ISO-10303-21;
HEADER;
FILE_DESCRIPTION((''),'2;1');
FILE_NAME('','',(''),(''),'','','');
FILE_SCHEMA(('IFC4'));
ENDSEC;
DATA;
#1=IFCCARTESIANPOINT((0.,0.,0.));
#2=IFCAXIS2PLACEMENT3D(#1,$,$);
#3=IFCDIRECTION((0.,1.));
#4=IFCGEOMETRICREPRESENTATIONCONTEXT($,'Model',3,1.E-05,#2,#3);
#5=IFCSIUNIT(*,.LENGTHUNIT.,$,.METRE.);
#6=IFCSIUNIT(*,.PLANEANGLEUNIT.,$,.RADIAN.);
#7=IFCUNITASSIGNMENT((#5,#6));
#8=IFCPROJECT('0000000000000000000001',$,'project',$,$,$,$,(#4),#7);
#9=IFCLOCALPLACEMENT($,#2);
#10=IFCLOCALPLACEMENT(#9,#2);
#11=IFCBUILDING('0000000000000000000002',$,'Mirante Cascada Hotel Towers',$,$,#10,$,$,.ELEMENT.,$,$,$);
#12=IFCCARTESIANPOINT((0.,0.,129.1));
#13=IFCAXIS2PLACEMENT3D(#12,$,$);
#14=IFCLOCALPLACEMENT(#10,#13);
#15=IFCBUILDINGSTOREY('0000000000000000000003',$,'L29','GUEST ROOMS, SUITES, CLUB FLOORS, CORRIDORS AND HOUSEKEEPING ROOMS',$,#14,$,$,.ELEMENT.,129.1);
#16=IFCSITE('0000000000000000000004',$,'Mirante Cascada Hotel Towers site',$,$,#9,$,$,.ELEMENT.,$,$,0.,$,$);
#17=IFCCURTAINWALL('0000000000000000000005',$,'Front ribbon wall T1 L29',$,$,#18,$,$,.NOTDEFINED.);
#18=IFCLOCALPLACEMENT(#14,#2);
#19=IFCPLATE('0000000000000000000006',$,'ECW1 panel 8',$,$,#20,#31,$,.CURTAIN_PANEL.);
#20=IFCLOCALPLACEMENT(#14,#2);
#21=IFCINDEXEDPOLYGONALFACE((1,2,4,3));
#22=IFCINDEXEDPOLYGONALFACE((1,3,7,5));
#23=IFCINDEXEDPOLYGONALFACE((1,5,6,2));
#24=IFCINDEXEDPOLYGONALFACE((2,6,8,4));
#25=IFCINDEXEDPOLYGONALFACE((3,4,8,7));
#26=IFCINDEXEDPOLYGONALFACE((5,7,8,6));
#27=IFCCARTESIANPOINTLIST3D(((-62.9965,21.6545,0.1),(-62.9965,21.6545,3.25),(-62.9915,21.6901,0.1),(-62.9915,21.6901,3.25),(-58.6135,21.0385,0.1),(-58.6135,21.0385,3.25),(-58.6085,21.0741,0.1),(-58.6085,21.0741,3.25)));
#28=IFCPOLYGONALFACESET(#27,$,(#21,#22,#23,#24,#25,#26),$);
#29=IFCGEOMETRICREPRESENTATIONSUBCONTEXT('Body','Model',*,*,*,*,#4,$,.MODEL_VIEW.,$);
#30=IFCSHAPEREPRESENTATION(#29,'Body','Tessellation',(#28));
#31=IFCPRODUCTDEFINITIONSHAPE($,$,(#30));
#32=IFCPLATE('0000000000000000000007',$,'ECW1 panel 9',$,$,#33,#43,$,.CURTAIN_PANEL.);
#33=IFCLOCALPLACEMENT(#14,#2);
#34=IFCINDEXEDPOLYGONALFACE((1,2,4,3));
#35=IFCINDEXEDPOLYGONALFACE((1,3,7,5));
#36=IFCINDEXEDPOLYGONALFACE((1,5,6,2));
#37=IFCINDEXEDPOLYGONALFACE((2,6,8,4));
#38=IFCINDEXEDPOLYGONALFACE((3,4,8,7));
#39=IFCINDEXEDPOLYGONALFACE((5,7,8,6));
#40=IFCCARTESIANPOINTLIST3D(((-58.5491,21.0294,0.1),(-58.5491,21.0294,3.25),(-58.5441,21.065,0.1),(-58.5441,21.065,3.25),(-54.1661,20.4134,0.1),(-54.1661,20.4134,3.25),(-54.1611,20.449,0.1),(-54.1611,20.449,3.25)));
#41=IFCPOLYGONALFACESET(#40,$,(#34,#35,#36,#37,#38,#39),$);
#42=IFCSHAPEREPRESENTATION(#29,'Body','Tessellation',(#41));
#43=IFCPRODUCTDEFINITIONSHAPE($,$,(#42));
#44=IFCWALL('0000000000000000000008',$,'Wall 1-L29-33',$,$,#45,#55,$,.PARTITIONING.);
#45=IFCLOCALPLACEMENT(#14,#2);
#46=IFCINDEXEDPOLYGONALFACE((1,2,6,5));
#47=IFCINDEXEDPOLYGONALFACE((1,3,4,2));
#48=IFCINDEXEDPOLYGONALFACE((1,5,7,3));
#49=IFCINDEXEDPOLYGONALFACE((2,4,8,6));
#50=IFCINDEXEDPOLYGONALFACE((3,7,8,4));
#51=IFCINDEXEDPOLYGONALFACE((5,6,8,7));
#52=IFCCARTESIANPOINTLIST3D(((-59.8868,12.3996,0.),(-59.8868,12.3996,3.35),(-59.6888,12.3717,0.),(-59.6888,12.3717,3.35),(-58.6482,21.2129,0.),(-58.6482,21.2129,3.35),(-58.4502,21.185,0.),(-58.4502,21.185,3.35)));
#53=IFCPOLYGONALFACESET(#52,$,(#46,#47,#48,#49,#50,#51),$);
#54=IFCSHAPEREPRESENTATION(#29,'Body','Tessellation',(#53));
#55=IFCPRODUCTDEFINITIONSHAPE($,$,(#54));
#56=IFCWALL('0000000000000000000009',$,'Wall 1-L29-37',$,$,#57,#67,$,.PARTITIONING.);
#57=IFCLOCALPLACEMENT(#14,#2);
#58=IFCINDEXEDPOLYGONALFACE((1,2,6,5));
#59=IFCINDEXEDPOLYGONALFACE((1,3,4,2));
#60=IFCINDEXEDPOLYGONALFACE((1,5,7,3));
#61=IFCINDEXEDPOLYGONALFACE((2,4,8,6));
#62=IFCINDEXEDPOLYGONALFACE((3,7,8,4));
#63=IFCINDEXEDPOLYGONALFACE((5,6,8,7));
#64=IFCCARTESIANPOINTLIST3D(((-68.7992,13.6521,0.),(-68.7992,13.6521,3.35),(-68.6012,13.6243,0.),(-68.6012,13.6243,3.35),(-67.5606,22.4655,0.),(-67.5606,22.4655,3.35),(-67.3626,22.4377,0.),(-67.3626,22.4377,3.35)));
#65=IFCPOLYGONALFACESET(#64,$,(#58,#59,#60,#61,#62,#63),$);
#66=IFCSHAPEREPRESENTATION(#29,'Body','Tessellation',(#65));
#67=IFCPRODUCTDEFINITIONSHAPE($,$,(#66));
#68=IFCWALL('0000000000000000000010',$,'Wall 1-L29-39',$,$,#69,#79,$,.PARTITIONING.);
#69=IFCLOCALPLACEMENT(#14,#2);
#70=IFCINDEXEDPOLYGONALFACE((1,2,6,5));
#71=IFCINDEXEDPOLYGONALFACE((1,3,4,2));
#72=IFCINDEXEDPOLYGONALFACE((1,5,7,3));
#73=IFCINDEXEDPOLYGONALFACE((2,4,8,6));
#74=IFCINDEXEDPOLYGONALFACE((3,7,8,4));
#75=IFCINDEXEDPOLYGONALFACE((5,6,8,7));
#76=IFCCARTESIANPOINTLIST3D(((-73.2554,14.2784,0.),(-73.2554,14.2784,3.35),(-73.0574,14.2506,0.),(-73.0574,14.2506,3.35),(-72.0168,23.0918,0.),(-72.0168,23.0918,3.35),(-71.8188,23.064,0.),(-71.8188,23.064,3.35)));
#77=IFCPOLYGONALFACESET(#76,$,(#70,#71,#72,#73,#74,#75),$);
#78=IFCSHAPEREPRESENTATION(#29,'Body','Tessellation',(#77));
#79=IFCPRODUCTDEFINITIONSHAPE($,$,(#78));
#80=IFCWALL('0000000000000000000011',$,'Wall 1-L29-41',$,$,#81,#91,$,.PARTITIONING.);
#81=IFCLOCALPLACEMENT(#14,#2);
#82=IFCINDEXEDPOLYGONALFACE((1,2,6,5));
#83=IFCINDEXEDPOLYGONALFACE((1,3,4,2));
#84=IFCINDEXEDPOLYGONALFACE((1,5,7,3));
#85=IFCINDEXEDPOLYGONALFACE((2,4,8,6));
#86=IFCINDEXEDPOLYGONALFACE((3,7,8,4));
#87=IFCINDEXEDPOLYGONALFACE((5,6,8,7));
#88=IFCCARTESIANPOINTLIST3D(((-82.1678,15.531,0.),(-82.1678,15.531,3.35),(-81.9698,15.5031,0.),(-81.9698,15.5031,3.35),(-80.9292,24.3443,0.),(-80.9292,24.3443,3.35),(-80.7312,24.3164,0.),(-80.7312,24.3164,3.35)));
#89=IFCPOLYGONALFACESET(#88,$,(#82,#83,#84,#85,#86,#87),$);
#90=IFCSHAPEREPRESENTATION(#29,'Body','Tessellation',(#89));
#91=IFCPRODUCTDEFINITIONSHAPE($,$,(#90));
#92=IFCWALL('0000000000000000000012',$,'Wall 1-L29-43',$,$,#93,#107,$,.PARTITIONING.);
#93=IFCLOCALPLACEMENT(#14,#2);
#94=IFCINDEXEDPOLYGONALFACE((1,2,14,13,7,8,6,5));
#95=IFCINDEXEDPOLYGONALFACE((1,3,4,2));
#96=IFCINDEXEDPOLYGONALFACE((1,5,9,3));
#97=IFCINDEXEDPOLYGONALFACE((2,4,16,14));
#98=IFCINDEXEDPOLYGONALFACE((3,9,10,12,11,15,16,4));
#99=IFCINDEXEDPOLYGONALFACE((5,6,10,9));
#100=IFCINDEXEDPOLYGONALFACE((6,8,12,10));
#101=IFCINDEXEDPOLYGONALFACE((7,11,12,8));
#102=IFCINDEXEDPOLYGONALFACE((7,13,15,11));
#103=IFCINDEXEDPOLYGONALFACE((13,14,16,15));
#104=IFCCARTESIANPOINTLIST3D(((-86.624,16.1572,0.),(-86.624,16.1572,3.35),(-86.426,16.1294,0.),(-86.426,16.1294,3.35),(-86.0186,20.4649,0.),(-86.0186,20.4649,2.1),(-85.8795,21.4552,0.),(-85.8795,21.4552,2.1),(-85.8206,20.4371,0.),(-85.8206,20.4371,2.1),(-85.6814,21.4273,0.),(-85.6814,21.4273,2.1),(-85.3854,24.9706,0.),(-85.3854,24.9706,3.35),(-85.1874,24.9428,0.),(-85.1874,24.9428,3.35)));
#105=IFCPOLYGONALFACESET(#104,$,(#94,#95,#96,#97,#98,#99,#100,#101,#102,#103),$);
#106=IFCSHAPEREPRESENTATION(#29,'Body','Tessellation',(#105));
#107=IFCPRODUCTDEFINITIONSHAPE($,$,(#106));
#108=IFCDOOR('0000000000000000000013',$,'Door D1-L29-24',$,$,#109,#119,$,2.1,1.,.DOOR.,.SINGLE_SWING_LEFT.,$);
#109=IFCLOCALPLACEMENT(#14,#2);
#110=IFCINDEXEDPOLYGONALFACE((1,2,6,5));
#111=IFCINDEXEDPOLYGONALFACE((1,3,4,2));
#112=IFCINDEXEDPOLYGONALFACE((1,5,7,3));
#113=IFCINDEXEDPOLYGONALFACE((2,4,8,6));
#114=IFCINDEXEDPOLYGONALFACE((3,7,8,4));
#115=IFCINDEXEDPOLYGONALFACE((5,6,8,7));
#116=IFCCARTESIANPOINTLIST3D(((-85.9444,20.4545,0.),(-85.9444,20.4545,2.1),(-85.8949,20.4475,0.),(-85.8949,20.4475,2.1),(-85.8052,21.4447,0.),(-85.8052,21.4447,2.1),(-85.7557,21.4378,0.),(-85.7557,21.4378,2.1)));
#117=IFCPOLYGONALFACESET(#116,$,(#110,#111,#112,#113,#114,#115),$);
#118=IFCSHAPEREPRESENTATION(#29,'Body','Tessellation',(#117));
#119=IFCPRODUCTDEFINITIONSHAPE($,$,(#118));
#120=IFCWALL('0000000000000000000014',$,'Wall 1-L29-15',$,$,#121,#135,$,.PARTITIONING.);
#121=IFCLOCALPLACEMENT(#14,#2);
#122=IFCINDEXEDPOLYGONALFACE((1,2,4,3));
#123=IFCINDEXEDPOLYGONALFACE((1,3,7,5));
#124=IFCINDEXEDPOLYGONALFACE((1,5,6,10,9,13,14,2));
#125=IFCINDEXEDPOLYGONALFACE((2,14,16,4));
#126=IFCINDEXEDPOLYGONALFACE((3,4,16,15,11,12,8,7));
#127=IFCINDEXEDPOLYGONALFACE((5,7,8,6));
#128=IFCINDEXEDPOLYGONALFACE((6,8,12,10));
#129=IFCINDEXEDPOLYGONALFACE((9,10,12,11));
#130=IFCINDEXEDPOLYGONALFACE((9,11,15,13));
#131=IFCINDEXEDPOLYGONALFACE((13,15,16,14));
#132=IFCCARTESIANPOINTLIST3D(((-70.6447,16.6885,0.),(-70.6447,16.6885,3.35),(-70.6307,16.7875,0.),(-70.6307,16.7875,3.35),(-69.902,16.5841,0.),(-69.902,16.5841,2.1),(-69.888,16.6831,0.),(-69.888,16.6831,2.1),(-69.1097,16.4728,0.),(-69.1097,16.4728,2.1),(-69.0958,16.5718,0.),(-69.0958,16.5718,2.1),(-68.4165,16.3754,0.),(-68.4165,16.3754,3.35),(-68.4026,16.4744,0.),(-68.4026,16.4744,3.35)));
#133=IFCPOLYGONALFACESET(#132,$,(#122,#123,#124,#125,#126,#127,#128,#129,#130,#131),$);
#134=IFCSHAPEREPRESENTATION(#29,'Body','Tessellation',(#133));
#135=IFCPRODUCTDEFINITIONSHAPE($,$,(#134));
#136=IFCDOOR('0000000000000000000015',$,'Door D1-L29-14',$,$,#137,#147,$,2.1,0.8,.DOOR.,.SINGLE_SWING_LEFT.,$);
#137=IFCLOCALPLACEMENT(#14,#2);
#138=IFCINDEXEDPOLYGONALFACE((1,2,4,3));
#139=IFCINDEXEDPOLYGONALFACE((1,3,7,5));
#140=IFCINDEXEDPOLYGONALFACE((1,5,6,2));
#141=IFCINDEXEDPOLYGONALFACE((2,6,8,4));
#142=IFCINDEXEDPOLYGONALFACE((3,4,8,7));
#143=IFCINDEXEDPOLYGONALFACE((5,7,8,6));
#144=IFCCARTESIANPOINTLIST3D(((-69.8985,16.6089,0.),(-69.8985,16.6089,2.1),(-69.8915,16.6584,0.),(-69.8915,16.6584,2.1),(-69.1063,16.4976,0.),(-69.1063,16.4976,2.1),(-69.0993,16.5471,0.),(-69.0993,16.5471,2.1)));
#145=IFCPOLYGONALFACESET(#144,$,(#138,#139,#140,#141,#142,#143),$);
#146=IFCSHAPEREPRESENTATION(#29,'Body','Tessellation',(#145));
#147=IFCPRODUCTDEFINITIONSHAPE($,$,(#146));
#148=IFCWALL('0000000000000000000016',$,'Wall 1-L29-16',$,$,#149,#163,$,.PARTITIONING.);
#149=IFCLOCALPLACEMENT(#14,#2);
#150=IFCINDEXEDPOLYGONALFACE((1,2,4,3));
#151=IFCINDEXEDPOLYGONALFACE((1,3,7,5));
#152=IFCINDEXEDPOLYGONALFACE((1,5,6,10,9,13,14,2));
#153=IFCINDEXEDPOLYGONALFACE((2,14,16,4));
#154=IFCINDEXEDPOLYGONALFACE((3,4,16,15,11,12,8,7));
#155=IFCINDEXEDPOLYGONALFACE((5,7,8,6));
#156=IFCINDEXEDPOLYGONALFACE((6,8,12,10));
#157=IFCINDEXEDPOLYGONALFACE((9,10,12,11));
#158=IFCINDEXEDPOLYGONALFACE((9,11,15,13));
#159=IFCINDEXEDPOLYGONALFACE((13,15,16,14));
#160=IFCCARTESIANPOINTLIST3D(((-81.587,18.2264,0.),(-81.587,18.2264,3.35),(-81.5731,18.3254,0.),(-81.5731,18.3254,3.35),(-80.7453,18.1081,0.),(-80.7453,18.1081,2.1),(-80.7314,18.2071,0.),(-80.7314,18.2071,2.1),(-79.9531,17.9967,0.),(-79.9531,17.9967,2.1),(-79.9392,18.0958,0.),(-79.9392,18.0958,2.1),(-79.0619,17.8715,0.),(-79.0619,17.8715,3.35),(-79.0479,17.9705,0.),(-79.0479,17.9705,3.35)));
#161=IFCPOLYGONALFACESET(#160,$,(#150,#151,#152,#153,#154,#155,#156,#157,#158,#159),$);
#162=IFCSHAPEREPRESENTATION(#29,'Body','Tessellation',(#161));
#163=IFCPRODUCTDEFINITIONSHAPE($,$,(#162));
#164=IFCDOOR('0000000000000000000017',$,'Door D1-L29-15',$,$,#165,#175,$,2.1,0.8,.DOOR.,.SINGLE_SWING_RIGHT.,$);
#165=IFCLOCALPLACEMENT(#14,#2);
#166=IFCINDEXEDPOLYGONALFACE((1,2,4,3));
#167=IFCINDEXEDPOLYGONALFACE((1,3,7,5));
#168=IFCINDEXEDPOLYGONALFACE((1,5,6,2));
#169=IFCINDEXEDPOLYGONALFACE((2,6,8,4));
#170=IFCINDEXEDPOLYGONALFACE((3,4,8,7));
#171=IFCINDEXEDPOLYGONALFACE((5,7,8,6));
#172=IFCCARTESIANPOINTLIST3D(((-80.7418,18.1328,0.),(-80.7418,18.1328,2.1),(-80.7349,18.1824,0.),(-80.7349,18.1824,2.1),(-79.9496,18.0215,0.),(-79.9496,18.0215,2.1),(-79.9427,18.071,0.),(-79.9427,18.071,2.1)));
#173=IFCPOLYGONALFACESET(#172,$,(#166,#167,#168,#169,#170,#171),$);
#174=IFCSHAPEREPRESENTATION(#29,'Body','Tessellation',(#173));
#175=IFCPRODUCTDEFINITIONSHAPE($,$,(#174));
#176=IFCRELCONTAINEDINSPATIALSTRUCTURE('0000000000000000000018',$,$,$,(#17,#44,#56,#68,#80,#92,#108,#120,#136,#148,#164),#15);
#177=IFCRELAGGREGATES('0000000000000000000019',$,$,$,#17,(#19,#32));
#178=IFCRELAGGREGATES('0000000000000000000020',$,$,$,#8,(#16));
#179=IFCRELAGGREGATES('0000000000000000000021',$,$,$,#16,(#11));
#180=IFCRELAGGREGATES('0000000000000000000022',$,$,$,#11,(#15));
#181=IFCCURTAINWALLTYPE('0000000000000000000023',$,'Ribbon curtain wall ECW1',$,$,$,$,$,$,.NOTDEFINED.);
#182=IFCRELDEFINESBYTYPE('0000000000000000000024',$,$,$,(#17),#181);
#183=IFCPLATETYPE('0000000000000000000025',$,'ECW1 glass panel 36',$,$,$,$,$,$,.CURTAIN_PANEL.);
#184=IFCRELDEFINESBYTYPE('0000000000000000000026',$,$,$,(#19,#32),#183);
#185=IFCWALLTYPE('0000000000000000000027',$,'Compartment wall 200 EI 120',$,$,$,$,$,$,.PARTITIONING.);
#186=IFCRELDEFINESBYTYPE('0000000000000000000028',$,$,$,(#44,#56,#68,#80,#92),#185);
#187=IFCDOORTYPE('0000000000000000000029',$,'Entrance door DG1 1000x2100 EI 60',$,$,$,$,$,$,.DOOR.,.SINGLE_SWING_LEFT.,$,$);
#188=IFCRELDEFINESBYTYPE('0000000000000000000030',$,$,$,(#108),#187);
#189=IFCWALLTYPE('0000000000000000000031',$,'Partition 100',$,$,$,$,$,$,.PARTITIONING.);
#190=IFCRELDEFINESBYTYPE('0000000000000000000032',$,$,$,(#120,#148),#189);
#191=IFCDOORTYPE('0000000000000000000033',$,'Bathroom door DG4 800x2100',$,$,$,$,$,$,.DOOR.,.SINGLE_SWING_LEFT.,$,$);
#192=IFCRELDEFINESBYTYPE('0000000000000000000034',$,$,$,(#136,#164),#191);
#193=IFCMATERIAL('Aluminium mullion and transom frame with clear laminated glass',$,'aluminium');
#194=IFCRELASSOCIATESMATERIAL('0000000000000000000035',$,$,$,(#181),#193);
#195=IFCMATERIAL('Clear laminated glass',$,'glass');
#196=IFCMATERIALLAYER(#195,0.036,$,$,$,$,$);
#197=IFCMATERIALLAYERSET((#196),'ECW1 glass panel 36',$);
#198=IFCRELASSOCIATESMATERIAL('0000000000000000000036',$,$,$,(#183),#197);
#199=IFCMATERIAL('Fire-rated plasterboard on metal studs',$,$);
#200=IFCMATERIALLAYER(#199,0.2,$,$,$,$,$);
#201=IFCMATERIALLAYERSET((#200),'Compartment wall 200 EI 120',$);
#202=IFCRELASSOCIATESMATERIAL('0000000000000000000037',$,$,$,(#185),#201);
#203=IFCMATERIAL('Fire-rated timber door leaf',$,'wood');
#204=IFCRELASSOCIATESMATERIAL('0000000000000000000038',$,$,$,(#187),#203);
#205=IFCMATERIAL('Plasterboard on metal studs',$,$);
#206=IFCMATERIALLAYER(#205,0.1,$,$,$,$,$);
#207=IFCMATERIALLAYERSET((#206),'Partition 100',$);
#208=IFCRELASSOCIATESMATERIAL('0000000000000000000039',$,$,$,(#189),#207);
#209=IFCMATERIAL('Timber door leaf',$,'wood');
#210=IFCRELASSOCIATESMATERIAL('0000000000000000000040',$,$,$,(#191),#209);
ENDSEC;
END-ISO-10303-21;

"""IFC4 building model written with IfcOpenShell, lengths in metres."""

from ifc_helpers import new_model, si_unit, direction, frame, frame_2d, origin, origin_2d, place, context, subcontext, project, spatial, rectangle, extrude, material, layer, layer_set, type_object, element, fill, aggregate, save


model = new_model("IFC4")

# Units and contexts
model_context = context("Model", 3, precision=1e-05, world=origin(), true_north=direction((0.0, 1.0)))
body_context = subcontext(model_context, "Body", "Model", "MODEL_VIEW")
ifc_project = project(units=[si_unit("LENGTHUNIT", "METRE"), si_unit("PLANEANGLEUNIT", "RADIAN")], contexts=[model_context])

# Site, building, storey
site_placement = place(None, origin())
site = spatial("IfcSite", under=ifc_project, at=site_placement, Name="Mirante Cascada Hotel Towers site", CompositionType="ELEMENT", RefElevation=0.0)
building_placement = place(site_placement, origin())
building = spatial("IfcBuilding", under=site, at=building_placement, Name="Mirante Cascada Hotel Towers", CompositionType="ELEMENT")
storey_placement = place(building_placement, frame((0.0, 0.0, 129.1)))
storey = spatial("IfcBuildingStorey", under=building, at=storey_placement, Name="L29", Description="GUEST ROOMS, SUITES, CLUB FLOORS, CORRIDORS AND HOUSEKEEPING ROOMS", CompositionType="ELEMENT", Elevation=129.1)

# Curtain wall, plates
ifc_material_1 = material(Name="Aluminium mullion and transom frame with clear laminated glass", Category="aluminium")
curtain_wall_type = type_object("IfcCurtainWallType", Name="Ribbon curtain wall ECW1", PredefinedType="NOTDEFINED", material=ifc_material_1)
curtain_wall_placement = place(storey_placement, origin())
curtain_wall = element("IfcCurtainWall", 1, at=curtain_wall_placement, inside=storey, type_object=curtain_wall_type, Name="Front ribbon wall T1 L29", PredefinedType="NOTDEFINED")
ifc_material_2 = material(Name="Clear laminated glass", Category="glass")
ifc_layer_1 = layer(ifc_material_2, 0.036)
ifc_layer_set_1 = layer_set([ifc_layer_1], Name="ECW1 glass panel 36")
plate_type = type_object("IfcPlateType", Name="ECW1 glass panel 36", PredefinedType="CURTAIN_PANEL", material=ifc_layer_set_1)
plate_1_placement = place(storey_placement, frame((-60.8025, 21.3643, 0.1), z_axis=(0.0, 0.0, 1.0), x_axis=(0.990268, -0.139173, 0.0)))
plate_1 = element("IfcPlate", 2, at=plate_1_placement, type_object=plate_type, Name="ECW1 panel 8", PredefinedType="CURTAIN_PANEL", context=body_context, shape_type="SweptSolid", body=[
    extrude(rectangle(XDim=4.4261, YDim=0.036, at=origin_2d()), origin(), (0.0, 0.0, 1.0), 3.15),
])
plate_2_placement = place(storey_placement, frame((-56.3551, 20.7392, 0.1), z_axis=(0.0, 0.0, 1.0), x_axis=(0.990268, -0.139173, 0.0)))
plate_2 = element("IfcPlate", 3, at=plate_2_placement, type_object=plate_type, Name="ECW1 panel 9", PredefinedType="CURTAIN_PANEL", context=body_context, shape_type="SweptSolid", body=[
    extrude(rectangle(XDim=4.4261, YDim=0.036, at=origin_2d()), origin(), (0.0, 0.0, 1.0), 3.15),
])
aggregate(curtain_wall, [plate_1, plate_2])

# Walls
ifc_material_3 = material(Name="Fire-rated plasterboard on metal studs")
ifc_layer_2 = layer(ifc_material_3, 0.2)
ifc_layer_set_2 = layer_set([ifc_layer_2], Name="Compartment wall 200 EI 120")
wall_type_1 = type_object("IfcWallType", Name="Compartment wall 200 EI 120", PredefinedType="PARTITIONING", material=ifc_layer_set_2)
wall_1_placement = place(storey_placement, frame((-58.5492, 21.199, 0.0), z_axis=(0.0, 0.0, 1.0), x_axis=(-0.13917, -0.990268, 0.0)))
element("IfcWall", 4, at=wall_1_placement, inside=storey, type_object=wall_type_1, Name="Wall 1-L29-33", PredefinedType="PARTITIONING", context=body_context, shape_type="SweptSolid", body=[
    extrude(rectangle(XDim=8.8999, YDim=0.2, at=frame_2d((4.45, 0.0))), origin(), (0.0, 0.0, 1.0), 3.35),
])
for number, where, z_axis, x_axis, name in (
    (5, (-67.4616, 22.4516, 0.0), (0.0, 0.0, 1.0), (-0.139168, -0.990269, 0.0), "Wall 1-L29-37"),
    (6, (-71.9178, 23.0779, 0.0), (0.0, 0.0, 1.0), (-0.139168, -0.990269, 0.0), "Wall 1-L29-39"),
):
    element("IfcWall", number, at=place(storey_placement, frame(where, z_axis=z_axis, x_axis=x_axis)), inside=storey, type_object=wall_type_1, Name=name, PredefinedType="PARTITIONING", context=body_context, shape_type="SweptSolid", body=[
        extrude(rectangle(XDim=8.9, YDim=0.2, at=frame_2d((4.45, 0.0))), origin(), (0.0, 0.0, 1.0), 3.35),
    ])
wall_2_placement = place(storey_placement, frame((-80.8302, 24.3304, 0.0), z_axis=(0.0, 0.0, 1.0), x_axis=(-0.13917, -0.990268, 0.0)))
element("IfcWall", 7, at=wall_2_placement, inside=storey, type_object=wall_type_1, Name="Wall 1-L29-41", PredefinedType="PARTITIONING", context=body_context, shape_type="SweptSolid", body=[
    extrude(rectangle(XDim=8.8999, YDim=0.2, at=frame_2d((4.45, 0.0))), origin(), (0.0, 0.0, 1.0), 3.35),
])

# Walls, openings, doors
wall_3_placement = place(storey_placement, frame((-85.2864, 24.9567, 0.0), z_axis=(0.0, 0.0, 1.0), x_axis=(-0.139168, -0.990269, 0.0)))
wall_3 = element("IfcWall", 8, at=wall_3_placement, inside=storey, type_object=wall_type_1, Name="Wall 1-L29-43", PredefinedType="PARTITIONING", context=body_context, shape_type="SweptSolid", body=[
    extrude(rectangle(XDim=8.9, YDim=0.2, at=frame_2d((4.45, 0.0))), origin(), (0.0, 0.0, 1.0), 3.35),
])
opening_1_placement = place(wall_3_placement, frame((3.55, 0.0, 0.0)))
opening_1 = element("IfcOpeningElement", 9, at=opening_1_placement, cuts=wall_3, PredefinedType="OPENING", context=body_context, shape_type="SweptSolid", body=[
    extrude(rectangle(XDim=1.0, YDim=2.1, at=frame_2d((0.5, 1.05))), frame((0.0, 0.1, 0.0), z_axis=(0.0, -1.0, 0.0), x_axis=(1.0, 0.0, 0.0)), (0.0, 0.0, 1.0), 0.2),
])
ifc_material_4 = material(Name="Fire-rated timber door leaf", Category="wood")
door_type_1 = type_object("IfcDoorType", Name="Entrance door DG1 1000x2100 EI 60", OperationType="SINGLE_SWING_LEFT", PredefinedType="DOOR", material=ifc_material_4)
door_1_placement = place(opening_1_placement, origin())
door_1 = element("IfcDoor", 10, at=door_1_placement, inside=storey, type_object=door_type_1, Name="Door D1-L29-24", OperationType="SINGLE_SWING_LEFT", OverallHeight=2.1, OverallWidth=1.0, PredefinedType="DOOR", context=body_context, shape_type="SweptSolid", body=[
    extrude(rectangle(XDim=1.0, YDim=2.1, at=frame_2d((0.5, 1.05))), frame((0.0, 0.025, 0.0), z_axis=(0.0, -1.0, 0.0), x_axis=(1.0, 0.0, 0.0)), (0.0, 0.0, 1.0), 0.05),
])
fill(opening_1, door_1)
ifc_material_5 = material(Name="Plasterboard on metal studs")
ifc_layer_3 = layer(ifc_material_5, 0.1)
ifc_layer_set_3 = layer_set([ifc_layer_3], Name="Partition 100")
wall_type_2 = type_object("IfcWallType", Name="Partition 100", PredefinedType="PARTITIONING", material=ifc_layer_set_3)
wall_4_placement = place(storey_placement, frame((-70.6377, 16.738, 0.0), z_axis=(0.0, 0.0, 1.0), x_axis=(0.990271, -0.139156, 0.0)))
wall_4 = element("IfcWall", 11, at=wall_4_placement, inside=storey, type_object=wall_type_2, Name="Wall 1-L29-15", PredefinedType="PARTITIONING", context=body_context, shape_type="SweptSolid", body=[
    extrude(rectangle(XDim=2.25, YDim=0.1, at=frame_2d((1.125, 0.0))), origin(), (0.0, 0.0, 1.0), 3.35),
])
opening_2_placement = place(wall_4_placement, frame((0.75, 0.0, 0.0)))
opening_2 = element("IfcOpeningElement", 12, at=opening_2_placement, cuts=wall_4, PredefinedType="OPENING", context=body_context, shape_type="SweptSolid", body=[
    extrude(rectangle(XDim=0.8, YDim=2.1, at=frame_2d((0.4, 1.05))), frame((0.0, 0.05, 0.0), z_axis=(0.0, -1.0, 0.0), x_axis=(1.0, 0.0, 0.0)), (0.0, 0.0, 1.0), 0.1),
])
ifc_material_6 = material(Name="Timber door leaf", Category="wood")
door_type_2 = type_object("IfcDoorType", Name="Bathroom door DG4 800x2100", OperationType="SINGLE_SWING_LEFT", PredefinedType="DOOR", material=ifc_material_6)
door_2_placement = place(opening_2_placement, origin())
door_2 = element("IfcDoor", 13, at=door_2_placement, inside=storey, type_object=door_type_2, Name="Door D1-L29-14", OperationType="SINGLE_SWING_LEFT", OverallHeight=2.1, OverallWidth=0.8, PredefinedType="DOOR", context=body_context, shape_type="SweptSolid", body=[
    extrude(rectangle(XDim=0.8, YDim=2.1, at=frame_2d((0.4, 1.05))), frame((0.0, 0.025, 0.0), z_axis=(0.0, -1.0, 0.0), x_axis=(1.0, 0.0, 0.0)), (0.0, 0.0, 1.0), 0.05),
])
fill(opening_2, door_2)
wall_5_placement = place(storey_placement, frame((-79.0549, 17.921, 0.0), z_axis=(0.0, 0.0, 1.0), x_axis=(-0.990268, 0.139176, 0.0)))
wall_5 = element("IfcWall", 14, at=wall_5_placement, inside=storey, type_object=wall_type_2, Name="Wall 1-L29-16", PredefinedType="PARTITIONING", context=body_context, shape_type="SweptSolid", body=[
    extrude(rectangle(XDim=2.55, YDim=0.1, at=frame_2d((1.275, 0.0))), origin(), (0.0, 0.0, 1.0), 3.35),
])
opening_3_placement = place(wall_5_placement, frame((0.9, 0.0, 0.0)))
opening_3 = element("IfcOpeningElement", 15, at=opening_3_placement, cuts=wall_5, PredefinedType="OPENING", context=body_context, shape_type="SweptSolid", body=[
    extrude(rectangle(XDim=0.8, YDim=2.1, at=frame_2d((0.4, 1.05))), frame((0.0, 0.05, 0.0), z_axis=(0.0, -1.0, 0.0), x_axis=(1.0, 0.0, 0.0)), (0.0, 0.0, 1.0), 0.1),
])
door_3_placement = place(opening_3_placement, frame((0.8, 0.0, 0.0), z_axis=(0.0, 0.0, 1.0), x_axis=(-1.0, 0.0, 0.0)))
door_3 = element("IfcDoor", 16, at=door_3_placement, inside=storey, type_object=door_type_2, Name="Door D1-L29-15", OperationType="SINGLE_SWING_RIGHT", OverallHeight=2.1, OverallWidth=0.8, PredefinedType="DOOR", context=body_context, shape_type="SweptSolid", body=[
    extrude(rectangle(XDim=0.8, YDim=2.1, at=frame_2d((0.4, 1.05))), frame((0.0, 0.025, 0.0), z_axis=(0.0, -1.0, 0.0), x_axis=(1.0, 0.0, 0.0)), (0.0, 0.0, 1.0), 0.05),
])
fill(opening_3, door_3)

save(model, "model.ifc")
